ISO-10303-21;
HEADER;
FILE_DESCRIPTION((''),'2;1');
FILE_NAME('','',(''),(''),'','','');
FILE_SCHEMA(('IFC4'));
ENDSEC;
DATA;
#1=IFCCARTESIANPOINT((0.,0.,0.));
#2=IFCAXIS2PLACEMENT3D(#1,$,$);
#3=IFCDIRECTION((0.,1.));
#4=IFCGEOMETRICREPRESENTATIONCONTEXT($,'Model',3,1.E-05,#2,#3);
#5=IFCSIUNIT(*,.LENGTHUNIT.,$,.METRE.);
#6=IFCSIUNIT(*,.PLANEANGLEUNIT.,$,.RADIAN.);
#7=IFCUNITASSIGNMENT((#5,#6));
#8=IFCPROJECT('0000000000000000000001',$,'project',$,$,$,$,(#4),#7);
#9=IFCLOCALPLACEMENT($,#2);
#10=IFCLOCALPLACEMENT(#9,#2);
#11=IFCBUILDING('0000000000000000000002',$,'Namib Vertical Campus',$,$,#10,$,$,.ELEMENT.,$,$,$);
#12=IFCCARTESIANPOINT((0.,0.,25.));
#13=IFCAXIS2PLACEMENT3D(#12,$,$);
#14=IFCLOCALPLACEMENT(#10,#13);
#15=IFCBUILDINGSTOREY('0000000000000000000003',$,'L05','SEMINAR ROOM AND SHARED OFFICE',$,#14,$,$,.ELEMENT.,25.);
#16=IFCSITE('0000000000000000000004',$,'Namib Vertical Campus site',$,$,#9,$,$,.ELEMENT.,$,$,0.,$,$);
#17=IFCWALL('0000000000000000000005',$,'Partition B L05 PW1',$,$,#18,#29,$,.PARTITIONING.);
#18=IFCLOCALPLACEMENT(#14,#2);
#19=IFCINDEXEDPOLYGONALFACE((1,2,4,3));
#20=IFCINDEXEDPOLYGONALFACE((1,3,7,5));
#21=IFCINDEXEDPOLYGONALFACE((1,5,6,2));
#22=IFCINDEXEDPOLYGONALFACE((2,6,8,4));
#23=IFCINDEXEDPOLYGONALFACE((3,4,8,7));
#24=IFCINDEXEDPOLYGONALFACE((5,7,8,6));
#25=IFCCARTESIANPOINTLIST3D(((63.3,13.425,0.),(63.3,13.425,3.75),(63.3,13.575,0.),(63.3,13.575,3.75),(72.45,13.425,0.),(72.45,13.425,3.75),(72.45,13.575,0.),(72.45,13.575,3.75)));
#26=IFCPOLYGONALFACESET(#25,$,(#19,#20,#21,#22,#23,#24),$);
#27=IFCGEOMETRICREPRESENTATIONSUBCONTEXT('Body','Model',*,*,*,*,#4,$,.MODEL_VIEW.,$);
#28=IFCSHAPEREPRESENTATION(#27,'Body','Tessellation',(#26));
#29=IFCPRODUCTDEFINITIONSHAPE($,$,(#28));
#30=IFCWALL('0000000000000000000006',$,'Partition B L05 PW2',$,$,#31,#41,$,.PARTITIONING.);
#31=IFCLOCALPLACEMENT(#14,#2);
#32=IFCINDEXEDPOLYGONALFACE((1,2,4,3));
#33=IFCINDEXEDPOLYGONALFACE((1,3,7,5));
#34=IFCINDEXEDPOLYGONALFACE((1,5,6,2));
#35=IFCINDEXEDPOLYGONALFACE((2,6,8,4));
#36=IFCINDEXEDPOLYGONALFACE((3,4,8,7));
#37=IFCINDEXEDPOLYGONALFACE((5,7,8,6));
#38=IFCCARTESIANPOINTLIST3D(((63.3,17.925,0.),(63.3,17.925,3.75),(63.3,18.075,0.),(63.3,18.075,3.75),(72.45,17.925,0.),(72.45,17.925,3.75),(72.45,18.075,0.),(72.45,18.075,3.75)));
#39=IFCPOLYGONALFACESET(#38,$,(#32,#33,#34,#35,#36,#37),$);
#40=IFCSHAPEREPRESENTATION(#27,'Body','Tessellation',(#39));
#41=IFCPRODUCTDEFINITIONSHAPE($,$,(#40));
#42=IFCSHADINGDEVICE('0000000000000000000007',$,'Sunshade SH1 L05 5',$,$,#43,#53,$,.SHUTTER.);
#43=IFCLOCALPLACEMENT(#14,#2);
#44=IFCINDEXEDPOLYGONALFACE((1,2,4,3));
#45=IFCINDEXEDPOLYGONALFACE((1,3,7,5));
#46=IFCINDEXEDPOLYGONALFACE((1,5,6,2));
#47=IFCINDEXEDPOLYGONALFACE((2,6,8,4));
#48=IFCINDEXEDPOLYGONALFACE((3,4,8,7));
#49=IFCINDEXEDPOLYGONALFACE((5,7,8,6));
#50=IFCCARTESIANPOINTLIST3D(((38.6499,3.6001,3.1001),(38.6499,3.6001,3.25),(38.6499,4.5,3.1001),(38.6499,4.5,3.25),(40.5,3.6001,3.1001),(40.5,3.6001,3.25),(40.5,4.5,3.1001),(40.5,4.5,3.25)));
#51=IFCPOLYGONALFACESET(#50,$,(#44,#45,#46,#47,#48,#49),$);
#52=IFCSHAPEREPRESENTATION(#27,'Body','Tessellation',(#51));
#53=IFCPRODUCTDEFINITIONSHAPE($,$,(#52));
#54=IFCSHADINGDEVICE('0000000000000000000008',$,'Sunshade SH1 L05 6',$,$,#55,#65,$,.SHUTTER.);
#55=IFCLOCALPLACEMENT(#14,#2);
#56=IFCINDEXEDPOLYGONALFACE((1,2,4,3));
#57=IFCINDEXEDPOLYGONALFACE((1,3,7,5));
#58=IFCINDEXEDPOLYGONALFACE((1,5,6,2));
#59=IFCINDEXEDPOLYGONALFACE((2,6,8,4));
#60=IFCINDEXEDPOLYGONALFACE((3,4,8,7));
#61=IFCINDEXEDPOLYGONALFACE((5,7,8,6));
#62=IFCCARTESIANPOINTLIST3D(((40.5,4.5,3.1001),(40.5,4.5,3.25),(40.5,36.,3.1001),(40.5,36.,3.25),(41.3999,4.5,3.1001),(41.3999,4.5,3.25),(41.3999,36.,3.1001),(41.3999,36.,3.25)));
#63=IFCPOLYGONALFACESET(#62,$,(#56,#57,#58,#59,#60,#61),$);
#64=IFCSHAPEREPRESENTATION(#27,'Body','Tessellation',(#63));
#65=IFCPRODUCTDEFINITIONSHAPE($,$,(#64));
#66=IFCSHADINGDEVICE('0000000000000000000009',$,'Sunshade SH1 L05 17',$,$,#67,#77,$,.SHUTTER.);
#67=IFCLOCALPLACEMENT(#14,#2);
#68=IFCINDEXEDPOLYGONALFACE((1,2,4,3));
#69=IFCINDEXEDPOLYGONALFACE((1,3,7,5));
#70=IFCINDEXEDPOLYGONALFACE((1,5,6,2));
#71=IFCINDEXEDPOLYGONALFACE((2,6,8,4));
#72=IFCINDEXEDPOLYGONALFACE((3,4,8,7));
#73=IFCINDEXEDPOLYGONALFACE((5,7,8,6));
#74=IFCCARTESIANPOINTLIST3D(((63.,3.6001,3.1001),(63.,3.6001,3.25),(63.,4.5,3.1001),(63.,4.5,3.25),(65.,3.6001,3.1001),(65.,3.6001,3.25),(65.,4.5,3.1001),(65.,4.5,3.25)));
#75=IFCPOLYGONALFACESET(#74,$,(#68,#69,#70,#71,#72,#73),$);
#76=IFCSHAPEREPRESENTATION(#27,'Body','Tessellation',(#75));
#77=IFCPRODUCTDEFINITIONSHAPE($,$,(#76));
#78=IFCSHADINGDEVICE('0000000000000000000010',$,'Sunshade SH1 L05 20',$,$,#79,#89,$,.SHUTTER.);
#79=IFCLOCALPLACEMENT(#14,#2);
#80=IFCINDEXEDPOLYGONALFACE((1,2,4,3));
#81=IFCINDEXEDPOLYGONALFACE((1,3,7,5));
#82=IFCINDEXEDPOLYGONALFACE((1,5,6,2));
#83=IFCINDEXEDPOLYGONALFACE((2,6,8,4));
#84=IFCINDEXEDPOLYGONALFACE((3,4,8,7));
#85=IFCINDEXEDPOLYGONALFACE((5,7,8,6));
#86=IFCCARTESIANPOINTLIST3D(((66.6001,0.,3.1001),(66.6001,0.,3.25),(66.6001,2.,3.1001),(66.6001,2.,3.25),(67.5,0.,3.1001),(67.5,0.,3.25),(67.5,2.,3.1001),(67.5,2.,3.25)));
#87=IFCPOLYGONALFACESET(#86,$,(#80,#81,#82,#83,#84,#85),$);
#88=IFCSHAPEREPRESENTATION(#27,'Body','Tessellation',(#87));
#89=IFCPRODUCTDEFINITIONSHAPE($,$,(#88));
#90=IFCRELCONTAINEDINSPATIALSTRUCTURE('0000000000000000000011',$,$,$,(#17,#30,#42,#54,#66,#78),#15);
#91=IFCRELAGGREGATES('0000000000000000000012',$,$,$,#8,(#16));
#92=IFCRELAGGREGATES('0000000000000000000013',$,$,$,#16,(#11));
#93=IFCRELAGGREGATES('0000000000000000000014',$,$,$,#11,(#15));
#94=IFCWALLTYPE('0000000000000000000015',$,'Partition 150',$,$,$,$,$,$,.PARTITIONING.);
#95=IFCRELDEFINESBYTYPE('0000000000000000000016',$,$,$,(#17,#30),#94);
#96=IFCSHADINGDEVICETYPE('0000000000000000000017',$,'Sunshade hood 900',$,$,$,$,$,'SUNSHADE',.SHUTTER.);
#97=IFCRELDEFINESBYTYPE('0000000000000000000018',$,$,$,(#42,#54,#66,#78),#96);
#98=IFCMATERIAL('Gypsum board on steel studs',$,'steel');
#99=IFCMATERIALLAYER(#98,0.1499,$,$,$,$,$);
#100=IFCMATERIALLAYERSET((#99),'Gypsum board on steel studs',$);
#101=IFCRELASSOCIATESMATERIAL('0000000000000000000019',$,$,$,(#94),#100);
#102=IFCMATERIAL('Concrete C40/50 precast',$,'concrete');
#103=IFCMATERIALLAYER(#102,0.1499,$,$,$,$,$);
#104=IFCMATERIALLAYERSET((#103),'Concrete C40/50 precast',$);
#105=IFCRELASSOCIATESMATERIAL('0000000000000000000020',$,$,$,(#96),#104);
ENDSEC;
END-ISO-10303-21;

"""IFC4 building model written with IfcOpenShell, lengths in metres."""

from ifc_helpers import new_model, si_unit, direction, frame, frame_2d, origin, origin_2d, place, context, subcontext, project, spatial, rectangle, extrude, material, layer, layer_set, type_object, element, save


model = new_model("IFC4")

# Units and contexts
model_context = context("Model", 3, precision=1e-05, world=origin(), true_north=direction((0.0, 1.0)))
body_context = subcontext(model_context, "Body", "Model", "MODEL_VIEW")
ifc_project = project(units=[si_unit("LENGTHUNIT", "METRE"), si_unit("PLANEANGLEUNIT", "RADIAN")], contexts=[model_context])

# Site, building, storey
site_placement = place(None, origin())
site = spatial("IfcSite", under=ifc_project, at=site_placement, Name="Namib Vertical Campus site", CompositionType="ELEMENT", RefElevation=0.0)
building_placement = place(site_placement, origin())
building = spatial("IfcBuilding", under=site, at=building_placement, Name="Namib Vertical Campus", CompositionType="ELEMENT")
storey_placement = place(building_placement, frame((0.0, 0.0, 25.0)))
storey = spatial("IfcBuildingStorey", under=building, at=storey_placement, Name="L05", Description="SEMINAR ROOM AND SHARED OFFICE", CompositionType="ELEMENT", Elevation=25.0)

# Walls
ifc_material_1 = material(Name="Gypsum board on steel studs", Category="steel")
ifc_layer_1 = layer(ifc_material_1, 0.1499)
ifc_layer_set_1 = layer_set([ifc_layer_1], Name="Gypsum board on steel studs")
wall_type_1 = type_object("IfcWallType", Name="Partition 150", PredefinedType="PARTITIONING", material=ifc_layer_set_1)
for number, where, z_axis, x_axis, name in (
    (1, (63.3, 13.5, 0.0), (0.0, 0.0, 1.0), (1.0, 0.0, 0.0), "Partition B L05 PW1"),
    (2, (63.3, 18.0, 0.0), (0.0, 0.0, 1.0), (1.0, 0.0, 0.0), "Partition B L05 PW2"),
):
    element("IfcWall", number, at=place(storey_placement, frame(where, z_axis=z_axis, x_axis=x_axis)), inside=storey, type_object=wall_type_1, Name=name, PredefinedType="PARTITIONING", context=body_context, shape_type="SweptSolid", body=[
        extrude(rectangle(XDim=9.1499, YDim=0.1499, at=frame_2d((4.575, 0.0))), origin(), (0.0, 0.0, 1.0), 3.75),
    ])

# Shading devices
ifc_material_2 = material(Name="Concrete C40/50 precast", Category="concrete")
ifc_layer_2 = layer(ifc_material_2, 0.1499)
ifc_layer_set_2 = layer_set([ifc_layer_2], Name="Concrete C40/50 precast")
shading_device_type = type_object("IfcShadingDeviceType", Name="Sunshade hood 900", ElementType="SUNSHADE", PredefinedType="SHUTTER", material=ifc_layer_set_2)
shading_device_1_placement = place(storey_placement, frame((39.575, 4.05, 3.1001), z_axis=(0.0, 0.0, 1.0), x_axis=(1.0, 0.0, 0.0)))
element("IfcShadingDevice", 3, at=shading_device_1_placement, inside=storey, type_object=shading_device_type, Name="Sunshade SH1 L05 5", PredefinedType="SHUTTER", context=body_context, shape_type="SweptSolid", body=[
    extrude(rectangle(XDim=1.8501, YDim=0.8999, at=origin_2d()), origin(), (0.0, 0.0, 1.0), 0.1499),
])
shading_device_2_placement = place(storey_placement, frame((40.95, 20.25, 3.1001), z_axis=(0.0, 0.0, 1.0), x_axis=(0.0, 1.0, 0.0)))
element("IfcShadingDevice", 4, at=shading_device_2_placement, inside=storey, type_object=shading_device_type, Name="Sunshade SH1 L05 6", PredefinedType="SHUTTER", context=body_context, shape_type="SweptSolid", body=[
    extrude(rectangle(XDim=31.5, YDim=0.8999, at=origin_2d()), origin(), (0.0, 0.0, 1.0), 0.1499),
])
for number, where, z_axis, x_axis, name in (
    (5, (64.0, 4.05, 3.1001), (0.0, 0.0, 1.0), (1.0, 0.0, 0.0), "Sunshade SH1 L05 17"),
    (6, (67.05, 1.0, 3.1001), (0.0, 0.0, 1.0), (0.0, -1.0, 0.0), "Sunshade SH1 L05 20"),
):
    element("IfcShadingDevice", number, at=place(storey_placement, frame(where, z_axis=z_axis, x_axis=x_axis)), inside=storey, type_object=shading_device_type, Name=name, PredefinedType="SHUTTER", context=body_context, shape_type="SweptSolid", body=[
        extrude(rectangle(XDim=2.0, YDim=0.8999, at=origin_2d()), origin(), (0.0, 0.0, 1.0), 0.1499),
    ])

save(model, "model.ifc")
